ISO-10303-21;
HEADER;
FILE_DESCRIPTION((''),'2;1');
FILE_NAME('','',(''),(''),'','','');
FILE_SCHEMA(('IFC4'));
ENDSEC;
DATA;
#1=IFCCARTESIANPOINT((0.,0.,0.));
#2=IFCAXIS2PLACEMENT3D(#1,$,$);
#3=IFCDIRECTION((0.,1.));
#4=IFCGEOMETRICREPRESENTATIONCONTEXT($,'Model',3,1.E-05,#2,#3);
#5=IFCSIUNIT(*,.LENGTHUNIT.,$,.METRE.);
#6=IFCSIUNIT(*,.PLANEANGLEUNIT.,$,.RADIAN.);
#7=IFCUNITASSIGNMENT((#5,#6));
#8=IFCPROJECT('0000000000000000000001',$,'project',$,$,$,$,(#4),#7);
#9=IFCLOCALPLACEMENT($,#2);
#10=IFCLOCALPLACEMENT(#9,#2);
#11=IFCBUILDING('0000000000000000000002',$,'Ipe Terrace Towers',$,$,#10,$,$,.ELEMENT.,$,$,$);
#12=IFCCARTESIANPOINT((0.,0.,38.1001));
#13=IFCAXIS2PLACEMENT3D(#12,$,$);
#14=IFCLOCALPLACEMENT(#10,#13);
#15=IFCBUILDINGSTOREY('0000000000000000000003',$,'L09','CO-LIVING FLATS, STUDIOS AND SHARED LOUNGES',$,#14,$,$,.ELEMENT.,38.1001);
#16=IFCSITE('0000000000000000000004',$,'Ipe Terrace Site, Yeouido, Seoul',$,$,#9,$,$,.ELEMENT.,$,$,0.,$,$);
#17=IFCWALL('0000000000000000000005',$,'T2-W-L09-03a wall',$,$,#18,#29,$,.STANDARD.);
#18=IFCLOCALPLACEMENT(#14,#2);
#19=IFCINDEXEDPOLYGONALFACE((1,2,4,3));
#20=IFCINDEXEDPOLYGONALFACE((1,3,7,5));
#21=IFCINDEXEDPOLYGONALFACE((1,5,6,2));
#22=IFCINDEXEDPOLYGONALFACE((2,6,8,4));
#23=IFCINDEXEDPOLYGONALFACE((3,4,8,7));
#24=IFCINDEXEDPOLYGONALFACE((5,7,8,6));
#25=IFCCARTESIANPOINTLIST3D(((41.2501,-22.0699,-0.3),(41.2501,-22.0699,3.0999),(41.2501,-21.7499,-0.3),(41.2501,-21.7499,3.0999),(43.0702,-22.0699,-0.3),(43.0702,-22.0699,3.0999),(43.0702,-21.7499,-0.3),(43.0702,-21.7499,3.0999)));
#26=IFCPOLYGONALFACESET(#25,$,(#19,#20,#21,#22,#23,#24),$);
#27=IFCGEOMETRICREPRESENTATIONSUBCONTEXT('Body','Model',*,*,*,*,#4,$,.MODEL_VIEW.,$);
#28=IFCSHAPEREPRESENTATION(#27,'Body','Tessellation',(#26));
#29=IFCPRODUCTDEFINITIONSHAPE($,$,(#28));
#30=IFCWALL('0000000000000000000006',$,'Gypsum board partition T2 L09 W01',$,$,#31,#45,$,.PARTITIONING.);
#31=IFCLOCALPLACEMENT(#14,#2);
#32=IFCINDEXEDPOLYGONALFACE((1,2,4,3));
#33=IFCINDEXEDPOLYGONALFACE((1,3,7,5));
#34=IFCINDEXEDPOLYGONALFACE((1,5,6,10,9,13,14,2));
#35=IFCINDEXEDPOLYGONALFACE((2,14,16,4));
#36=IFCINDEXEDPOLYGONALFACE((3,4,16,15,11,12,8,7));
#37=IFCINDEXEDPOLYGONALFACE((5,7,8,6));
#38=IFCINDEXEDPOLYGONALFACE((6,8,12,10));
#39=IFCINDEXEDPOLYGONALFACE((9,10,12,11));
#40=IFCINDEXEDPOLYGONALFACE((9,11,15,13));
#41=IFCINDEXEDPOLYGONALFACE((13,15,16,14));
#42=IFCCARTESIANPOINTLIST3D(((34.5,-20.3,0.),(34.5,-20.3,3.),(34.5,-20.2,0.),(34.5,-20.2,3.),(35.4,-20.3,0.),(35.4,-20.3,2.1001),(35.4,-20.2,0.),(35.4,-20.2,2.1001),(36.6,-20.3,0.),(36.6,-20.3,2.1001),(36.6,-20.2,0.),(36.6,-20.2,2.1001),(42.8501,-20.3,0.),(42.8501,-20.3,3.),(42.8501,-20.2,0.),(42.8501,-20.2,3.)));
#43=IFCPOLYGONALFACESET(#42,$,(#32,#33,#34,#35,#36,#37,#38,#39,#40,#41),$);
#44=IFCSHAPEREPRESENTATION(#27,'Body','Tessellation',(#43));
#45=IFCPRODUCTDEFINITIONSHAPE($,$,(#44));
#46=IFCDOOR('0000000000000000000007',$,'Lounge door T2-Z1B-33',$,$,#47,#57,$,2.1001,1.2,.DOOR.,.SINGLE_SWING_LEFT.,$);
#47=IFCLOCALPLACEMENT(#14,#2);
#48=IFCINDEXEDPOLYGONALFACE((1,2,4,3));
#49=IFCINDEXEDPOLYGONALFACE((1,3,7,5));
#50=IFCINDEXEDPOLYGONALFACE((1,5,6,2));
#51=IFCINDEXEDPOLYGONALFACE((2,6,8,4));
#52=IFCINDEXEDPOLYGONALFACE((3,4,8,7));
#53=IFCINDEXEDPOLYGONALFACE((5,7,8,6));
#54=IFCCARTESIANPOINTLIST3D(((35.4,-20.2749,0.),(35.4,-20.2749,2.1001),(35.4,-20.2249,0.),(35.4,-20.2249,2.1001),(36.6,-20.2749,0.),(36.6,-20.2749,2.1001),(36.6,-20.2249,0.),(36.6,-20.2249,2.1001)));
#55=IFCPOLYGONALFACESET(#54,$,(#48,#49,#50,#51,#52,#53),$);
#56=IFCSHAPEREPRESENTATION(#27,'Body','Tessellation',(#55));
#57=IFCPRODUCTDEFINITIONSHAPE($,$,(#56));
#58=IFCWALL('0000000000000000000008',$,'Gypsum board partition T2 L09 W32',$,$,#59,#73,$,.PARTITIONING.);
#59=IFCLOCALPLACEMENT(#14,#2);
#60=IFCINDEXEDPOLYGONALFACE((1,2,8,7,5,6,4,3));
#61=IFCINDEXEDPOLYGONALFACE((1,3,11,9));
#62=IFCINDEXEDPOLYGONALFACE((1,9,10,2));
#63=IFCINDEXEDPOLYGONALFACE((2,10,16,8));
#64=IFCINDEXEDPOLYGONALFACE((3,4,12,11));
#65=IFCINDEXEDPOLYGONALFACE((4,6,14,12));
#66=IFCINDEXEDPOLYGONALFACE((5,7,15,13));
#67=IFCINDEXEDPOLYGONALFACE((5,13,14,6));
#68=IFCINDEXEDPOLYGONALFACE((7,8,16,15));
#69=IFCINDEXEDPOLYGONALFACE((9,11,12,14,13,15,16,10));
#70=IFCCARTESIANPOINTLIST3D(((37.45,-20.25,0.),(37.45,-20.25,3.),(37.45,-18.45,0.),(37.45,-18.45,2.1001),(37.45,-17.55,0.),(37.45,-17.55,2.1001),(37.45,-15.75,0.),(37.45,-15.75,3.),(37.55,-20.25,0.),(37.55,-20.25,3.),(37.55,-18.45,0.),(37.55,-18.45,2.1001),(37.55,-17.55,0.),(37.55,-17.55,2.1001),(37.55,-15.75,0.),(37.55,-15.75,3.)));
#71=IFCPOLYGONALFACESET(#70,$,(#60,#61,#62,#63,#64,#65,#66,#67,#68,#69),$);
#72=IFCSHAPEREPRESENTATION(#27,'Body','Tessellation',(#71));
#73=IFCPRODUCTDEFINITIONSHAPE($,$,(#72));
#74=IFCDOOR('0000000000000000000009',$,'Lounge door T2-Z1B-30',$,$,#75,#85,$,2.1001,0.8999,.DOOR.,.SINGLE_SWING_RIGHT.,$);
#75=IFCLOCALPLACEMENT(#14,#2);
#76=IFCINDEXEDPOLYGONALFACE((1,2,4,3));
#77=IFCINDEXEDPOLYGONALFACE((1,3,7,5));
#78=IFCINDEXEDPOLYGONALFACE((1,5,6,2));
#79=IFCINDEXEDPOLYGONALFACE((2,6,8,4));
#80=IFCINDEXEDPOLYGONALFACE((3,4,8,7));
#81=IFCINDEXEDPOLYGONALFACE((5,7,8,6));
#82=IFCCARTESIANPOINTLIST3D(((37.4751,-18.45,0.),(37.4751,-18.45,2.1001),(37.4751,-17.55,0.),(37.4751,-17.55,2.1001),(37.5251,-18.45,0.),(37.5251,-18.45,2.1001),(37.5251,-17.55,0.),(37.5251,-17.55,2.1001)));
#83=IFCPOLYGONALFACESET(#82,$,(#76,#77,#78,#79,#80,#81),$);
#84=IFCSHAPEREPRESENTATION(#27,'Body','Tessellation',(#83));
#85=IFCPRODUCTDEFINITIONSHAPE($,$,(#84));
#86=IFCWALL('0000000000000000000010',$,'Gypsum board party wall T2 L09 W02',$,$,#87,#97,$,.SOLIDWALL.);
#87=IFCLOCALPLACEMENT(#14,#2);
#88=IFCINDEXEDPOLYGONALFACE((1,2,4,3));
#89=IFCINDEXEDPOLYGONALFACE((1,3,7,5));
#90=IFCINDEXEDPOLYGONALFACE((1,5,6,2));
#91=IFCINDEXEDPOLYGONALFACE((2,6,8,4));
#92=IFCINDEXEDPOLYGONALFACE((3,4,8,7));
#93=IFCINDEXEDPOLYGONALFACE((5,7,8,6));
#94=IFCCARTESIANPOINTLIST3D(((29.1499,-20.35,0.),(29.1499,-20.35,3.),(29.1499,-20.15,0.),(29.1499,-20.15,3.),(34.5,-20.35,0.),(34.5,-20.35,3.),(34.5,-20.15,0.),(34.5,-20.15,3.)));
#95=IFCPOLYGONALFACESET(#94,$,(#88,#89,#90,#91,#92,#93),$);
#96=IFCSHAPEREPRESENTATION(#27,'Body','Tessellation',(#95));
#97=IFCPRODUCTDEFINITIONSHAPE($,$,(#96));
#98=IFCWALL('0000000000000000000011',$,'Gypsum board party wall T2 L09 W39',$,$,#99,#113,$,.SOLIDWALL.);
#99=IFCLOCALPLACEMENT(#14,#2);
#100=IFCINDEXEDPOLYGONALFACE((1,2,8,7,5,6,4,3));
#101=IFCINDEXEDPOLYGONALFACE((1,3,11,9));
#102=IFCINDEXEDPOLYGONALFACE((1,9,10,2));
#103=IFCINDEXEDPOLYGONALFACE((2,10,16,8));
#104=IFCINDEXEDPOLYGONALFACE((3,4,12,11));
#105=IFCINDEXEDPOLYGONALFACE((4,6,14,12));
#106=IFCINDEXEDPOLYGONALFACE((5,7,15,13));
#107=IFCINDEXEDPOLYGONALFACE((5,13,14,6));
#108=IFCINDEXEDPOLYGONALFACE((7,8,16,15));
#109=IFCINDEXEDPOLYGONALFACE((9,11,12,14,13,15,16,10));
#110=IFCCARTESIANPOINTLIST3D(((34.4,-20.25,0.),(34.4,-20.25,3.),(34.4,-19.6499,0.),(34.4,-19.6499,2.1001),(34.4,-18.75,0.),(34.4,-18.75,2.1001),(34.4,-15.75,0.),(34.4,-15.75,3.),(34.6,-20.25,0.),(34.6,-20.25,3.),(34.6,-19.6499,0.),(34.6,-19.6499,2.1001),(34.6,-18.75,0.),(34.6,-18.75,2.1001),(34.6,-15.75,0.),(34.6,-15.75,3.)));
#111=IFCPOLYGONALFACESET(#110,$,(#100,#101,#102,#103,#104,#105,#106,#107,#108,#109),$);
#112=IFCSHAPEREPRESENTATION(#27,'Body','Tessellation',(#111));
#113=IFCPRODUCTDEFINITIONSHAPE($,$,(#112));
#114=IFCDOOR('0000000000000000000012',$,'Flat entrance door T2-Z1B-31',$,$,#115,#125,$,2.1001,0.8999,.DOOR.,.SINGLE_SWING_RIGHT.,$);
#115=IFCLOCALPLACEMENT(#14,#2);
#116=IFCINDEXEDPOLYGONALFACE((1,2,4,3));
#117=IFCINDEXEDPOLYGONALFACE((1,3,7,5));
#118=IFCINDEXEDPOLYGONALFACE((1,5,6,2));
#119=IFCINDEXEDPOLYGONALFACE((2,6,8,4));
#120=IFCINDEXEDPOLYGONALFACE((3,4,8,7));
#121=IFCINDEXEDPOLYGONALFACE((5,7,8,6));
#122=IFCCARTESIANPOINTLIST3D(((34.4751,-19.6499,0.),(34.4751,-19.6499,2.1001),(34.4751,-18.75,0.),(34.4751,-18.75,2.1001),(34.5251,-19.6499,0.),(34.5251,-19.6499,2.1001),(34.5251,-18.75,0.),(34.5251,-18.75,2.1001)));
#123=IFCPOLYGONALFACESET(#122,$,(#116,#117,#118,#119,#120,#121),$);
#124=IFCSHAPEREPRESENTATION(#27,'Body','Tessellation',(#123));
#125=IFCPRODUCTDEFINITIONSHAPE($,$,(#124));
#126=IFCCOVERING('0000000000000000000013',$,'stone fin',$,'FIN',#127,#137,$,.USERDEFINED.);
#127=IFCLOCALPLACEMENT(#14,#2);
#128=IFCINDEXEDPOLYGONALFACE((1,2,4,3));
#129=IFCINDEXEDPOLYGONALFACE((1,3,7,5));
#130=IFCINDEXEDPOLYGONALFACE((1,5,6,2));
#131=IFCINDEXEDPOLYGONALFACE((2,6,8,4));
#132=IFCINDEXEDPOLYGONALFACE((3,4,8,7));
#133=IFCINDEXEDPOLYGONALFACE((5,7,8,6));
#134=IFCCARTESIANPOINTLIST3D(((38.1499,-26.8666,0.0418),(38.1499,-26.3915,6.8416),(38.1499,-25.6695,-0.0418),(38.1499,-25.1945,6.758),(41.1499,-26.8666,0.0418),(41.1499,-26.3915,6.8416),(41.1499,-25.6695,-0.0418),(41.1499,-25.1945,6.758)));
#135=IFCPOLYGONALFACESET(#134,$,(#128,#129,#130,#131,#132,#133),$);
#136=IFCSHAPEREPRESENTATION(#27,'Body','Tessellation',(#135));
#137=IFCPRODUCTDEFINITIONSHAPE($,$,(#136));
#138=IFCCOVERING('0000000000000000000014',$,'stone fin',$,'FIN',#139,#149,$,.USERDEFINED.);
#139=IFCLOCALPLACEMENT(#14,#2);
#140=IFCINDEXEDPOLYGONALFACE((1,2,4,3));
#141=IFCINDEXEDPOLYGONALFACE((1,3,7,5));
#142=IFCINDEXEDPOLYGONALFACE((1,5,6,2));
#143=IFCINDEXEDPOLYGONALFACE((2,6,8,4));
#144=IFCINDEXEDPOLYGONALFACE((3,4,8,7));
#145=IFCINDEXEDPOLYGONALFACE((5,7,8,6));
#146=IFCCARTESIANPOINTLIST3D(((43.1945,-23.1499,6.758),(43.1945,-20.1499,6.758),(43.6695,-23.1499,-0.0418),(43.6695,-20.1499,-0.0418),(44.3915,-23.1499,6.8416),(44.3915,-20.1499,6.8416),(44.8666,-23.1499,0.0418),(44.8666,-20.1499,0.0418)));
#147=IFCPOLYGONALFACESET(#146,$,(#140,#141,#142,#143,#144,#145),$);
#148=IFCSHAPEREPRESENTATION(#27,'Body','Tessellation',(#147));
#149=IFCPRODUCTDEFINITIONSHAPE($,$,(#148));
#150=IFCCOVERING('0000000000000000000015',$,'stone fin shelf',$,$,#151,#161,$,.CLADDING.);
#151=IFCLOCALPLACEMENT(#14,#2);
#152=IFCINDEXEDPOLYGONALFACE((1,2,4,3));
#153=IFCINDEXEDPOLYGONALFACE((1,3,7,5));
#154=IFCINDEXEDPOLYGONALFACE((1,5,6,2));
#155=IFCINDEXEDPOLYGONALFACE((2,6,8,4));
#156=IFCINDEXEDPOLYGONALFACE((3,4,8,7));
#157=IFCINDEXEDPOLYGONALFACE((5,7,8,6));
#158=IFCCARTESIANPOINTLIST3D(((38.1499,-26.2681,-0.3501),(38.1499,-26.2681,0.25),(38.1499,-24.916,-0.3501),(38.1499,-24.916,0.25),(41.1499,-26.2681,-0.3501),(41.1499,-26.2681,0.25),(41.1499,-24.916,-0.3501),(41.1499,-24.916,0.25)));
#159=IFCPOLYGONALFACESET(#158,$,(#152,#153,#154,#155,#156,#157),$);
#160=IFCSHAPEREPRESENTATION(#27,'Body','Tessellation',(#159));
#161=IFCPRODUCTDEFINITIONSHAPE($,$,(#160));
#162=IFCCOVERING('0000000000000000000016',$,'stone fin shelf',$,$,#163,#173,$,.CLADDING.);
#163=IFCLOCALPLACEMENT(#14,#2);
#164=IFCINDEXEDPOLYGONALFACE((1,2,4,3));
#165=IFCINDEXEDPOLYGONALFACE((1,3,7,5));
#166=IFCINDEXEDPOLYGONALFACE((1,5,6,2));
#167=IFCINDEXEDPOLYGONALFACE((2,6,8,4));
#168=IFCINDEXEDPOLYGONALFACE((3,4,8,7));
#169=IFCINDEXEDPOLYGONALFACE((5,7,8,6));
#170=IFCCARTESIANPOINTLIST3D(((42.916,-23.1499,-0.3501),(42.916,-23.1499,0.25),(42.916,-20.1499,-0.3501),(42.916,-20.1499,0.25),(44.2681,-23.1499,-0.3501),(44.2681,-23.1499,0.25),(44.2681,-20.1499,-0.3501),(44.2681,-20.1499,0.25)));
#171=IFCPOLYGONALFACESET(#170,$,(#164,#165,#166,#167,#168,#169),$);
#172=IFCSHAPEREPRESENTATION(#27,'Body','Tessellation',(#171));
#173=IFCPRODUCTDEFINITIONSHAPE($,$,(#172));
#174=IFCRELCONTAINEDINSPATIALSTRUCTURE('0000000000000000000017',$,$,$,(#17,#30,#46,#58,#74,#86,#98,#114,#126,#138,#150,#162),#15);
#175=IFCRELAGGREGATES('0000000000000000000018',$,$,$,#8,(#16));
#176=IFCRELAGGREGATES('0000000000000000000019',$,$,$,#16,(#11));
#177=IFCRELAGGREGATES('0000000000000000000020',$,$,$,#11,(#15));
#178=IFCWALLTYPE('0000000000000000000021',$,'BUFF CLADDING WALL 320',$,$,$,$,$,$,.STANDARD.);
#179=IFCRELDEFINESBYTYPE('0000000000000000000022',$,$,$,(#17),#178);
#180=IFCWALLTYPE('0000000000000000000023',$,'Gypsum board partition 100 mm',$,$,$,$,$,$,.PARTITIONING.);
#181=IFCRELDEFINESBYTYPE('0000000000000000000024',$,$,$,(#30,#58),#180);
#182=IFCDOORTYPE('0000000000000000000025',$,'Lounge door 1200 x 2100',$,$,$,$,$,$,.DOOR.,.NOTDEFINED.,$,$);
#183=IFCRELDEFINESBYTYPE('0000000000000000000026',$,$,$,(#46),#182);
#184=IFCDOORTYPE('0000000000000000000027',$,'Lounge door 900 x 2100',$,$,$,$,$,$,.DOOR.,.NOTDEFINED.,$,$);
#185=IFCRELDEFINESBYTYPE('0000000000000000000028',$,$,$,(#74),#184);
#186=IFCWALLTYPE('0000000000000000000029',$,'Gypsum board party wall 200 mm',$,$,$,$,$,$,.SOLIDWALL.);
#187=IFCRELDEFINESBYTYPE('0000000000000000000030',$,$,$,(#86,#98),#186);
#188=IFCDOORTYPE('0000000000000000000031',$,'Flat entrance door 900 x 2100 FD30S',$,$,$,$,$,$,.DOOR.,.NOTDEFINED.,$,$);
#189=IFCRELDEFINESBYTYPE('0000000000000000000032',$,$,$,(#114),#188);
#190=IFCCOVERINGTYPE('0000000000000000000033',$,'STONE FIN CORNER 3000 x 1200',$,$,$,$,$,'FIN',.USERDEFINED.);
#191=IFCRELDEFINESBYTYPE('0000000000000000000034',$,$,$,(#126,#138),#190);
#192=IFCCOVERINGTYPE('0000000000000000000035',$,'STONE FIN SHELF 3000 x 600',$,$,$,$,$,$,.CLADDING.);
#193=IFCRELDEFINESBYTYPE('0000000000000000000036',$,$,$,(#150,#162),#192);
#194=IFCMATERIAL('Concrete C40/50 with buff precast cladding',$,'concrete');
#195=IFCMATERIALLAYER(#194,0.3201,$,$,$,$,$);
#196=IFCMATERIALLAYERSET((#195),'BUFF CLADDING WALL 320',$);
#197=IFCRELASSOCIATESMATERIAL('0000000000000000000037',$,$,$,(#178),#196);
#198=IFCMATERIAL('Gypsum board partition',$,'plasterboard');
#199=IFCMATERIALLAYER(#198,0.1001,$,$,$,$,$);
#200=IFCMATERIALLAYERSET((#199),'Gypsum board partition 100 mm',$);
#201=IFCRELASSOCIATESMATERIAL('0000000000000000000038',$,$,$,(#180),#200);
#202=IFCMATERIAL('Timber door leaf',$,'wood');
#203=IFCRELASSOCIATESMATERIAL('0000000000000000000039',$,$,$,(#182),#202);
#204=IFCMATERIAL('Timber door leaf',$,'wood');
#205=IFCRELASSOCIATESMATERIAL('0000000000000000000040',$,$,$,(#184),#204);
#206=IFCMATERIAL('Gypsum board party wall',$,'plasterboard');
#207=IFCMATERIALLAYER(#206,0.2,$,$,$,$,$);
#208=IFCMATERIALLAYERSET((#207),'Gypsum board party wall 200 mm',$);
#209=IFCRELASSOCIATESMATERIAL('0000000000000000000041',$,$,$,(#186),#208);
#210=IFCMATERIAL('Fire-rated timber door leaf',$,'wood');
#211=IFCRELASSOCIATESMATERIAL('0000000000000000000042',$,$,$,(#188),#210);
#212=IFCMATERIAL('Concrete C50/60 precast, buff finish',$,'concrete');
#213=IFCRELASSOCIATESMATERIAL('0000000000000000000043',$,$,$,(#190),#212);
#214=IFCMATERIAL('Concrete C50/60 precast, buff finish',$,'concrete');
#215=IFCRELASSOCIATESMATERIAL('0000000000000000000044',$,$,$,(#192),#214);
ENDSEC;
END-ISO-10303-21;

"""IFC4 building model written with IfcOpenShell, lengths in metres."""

from ifc_helpers import new_model, si_unit, direction, frame, frame_2d, origin, origin_2d, place, context, subcontext, project, spatial, rectangle, extrude, material, layer, layer_set, material_profile, profile_set, type_object, element, fill, save


model = new_model("IFC4")

# Units and contexts
model_context = context("Model", 3, precision=1e-05, world=origin(), true_north=direction((0.0, 1.0)))
body_context = subcontext(model_context, "Body", "Model", "MODEL_VIEW")
ifc_project = project(units=[si_unit("LENGTHUNIT", "METRE"), si_unit("PLANEANGLEUNIT", "RADIAN")], contexts=[model_context])

# Site, building, storey
site_placement = place(None, origin())
site = spatial("IfcSite", under=ifc_project, at=site_placement, Name="Ipe Terrace Site, Yeouido, Seoul", CompositionType="ELEMENT", RefElevation=0.0)
building_placement = place(site_placement, origin())
building = spatial("IfcBuilding", under=site, at=building_placement, Name="Ipe Terrace Towers", CompositionType="ELEMENT")
storey_placement = place(building_placement, frame((0.0, 0.0, 38.1001)))
storey = spatial("IfcBuildingStorey", under=building, at=storey_placement, Name="L09", Description="CO-LIVING FLATS, STUDIOS AND SHARED LOUNGES", CompositionType="ELEMENT", Elevation=38.1001)

# Wall
ifc_material_1 = material(Name="Concrete C40/50 with buff precast cladding", Category="concrete")
ifc_layer_1 = layer(ifc_material_1, 0.3201)
ifc_layer_set_1 = layer_set([ifc_layer_1], Name="BUFF CLADDING WALL 320")
wall_type_1 = type_object("IfcWallType", Name="BUFF CLADDING WALL 320", PredefinedType="STANDARD", material=ifc_layer_set_1)
wall_1_placement = place(storey_placement, frame((41.25, -21.9099, -0.3), z_axis=(0.0, 0.0, 1.0), x_axis=(1.0, 0.0, 0.0)))
element("IfcWall", 1, at=wall_1_placement, inside=storey, type_object=wall_type_1, Name="T2-W-L09-03a wall", PredefinedType="STANDARD", context=body_context, shape_type="SweptSolid", body=[
    extrude(rectangle(XDim=1.8201, YDim=0.3201, at=frame_2d((0.9102, 0.0))), origin(), (0.0, 0.0, 1.0), 3.3999),
])

# Walls, openings, doors
ifc_material_2 = material(Name="Gypsum board partition", Category="plasterboard")
ifc_layer_2 = layer(ifc_material_2, 0.1001)
ifc_layer_set_2 = layer_set([ifc_layer_2], Name="Gypsum board partition 100 mm")
wall_type_2 = type_object("IfcWallType", Name="Gypsum board partition 100 mm", PredefinedType="PARTITIONING", material=ifc_layer_set_2)
wall_2_placement = place(storey_placement, frame((42.8501, -20.25, 0.0), z_axis=(0.0, 0.0, 1.0), x_axis=(-1.0, 0.0, 0.0)))
wall_2 = element("IfcWall", 2, at=wall_2_placement, inside=storey, type_object=wall_type_2, Name="Gypsum board partition T2 L09 W01", PredefinedType="PARTITIONING", context=body_context, shape_type="SweptSolid", body=[
    extrude(rectangle(XDim=8.3501, YDim=0.1001, at=frame_2d((4.175, 0.0))), origin(), (0.0, 0.0, 1.0), 3.0),
])
opening_1_placement = place(wall_2_placement, frame((6.25, 0.0, 0.0)))
opening_1 = element("IfcOpeningElement", 3, at=opening_1_placement, cuts=wall_2, PredefinedType="OPENING", context=body_context, shape_type="SweptSolid", body=[
    extrude(rectangle(XDim=1.2, YDim=2.1001, at=frame_2d((0.6001, 1.05))), frame((0.0, 0.0601, 0.0), z_axis=(0.0, -1.0, 0.0), x_axis=(1.0, 0.0, 0.0)), (0.0, 0.0, 1.0), 0.1201),
])
ifc_material_3 = material(Name="Timber door leaf", Category="wood")
door_type_1 = type_object("IfcDoorType", Name="Lounge door 1200 x 2100", OperationType="NOTDEFINED", PredefinedType="DOOR", material=ifc_material_3)
door_1_placement = place(opening_1_placement, origin())
door_1 = element("IfcDoor", 4, at=door_1_placement, inside=storey, type_object=door_type_1, Name="Lounge door T2-Z1B-33", OperationType="SINGLE_SWING_LEFT", OverallHeight=2.1001, OverallWidth=1.2, PredefinedType="DOOR", context=body_context, shape_type="SweptSolid", body=[
    extrude(rectangle(XDim=1.2, YDim=2.1001, at=frame_2d((0.6001, 1.05))), frame((0.0, 0.0249, 0.0), z_axis=(0.0, -1.0, 0.0), x_axis=(1.0, 0.0, 0.0)), (0.0, 0.0, 1.0), 0.05),
])
fill(opening_1, door_1)
wall_3_placement = place(storey_placement, frame((37.5, -20.25, 0.0), z_axis=(0.0, 0.0, 1.0), x_axis=(0.0, 1.0, 0.0)))
wall_3 = element("IfcWall", 5, at=wall_3_placement, inside=storey, type_object=wall_type_2, Name="Gypsum board partition T2 L09 W32", PredefinedType="PARTITIONING", context=body_context, shape_type="SweptSolid", body=[
    extrude(rectangle(XDim=4.5, YDim=0.1001, at=frame_2d((2.25, 0.0))), origin(), (0.0, 0.0, 1.0), 3.0),
])
opening_2_placement = place(wall_3_placement, frame((1.8, 0.0, 0.0)))
opening_2 = element("IfcOpeningElement", 6, at=opening_2_placement, cuts=wall_3, PredefinedType="OPENING", context=body_context, shape_type="SweptSolid", body=[
    extrude(rectangle(XDim=0.8999, YDim=2.1001, at=frame_2d((0.45, 1.05))), frame((0.0, 0.0601, 0.0), z_axis=(0.0, -1.0, 0.0), x_axis=(1.0, 0.0, 0.0)), (0.0, 0.0, 1.0), 0.1201),
])
ifc_material_4 = material(Name="Timber door leaf", Category="wood")
door_type_2 = type_object("IfcDoorType", Name="Lounge door 900 x 2100", OperationType="NOTDEFINED", PredefinedType="DOOR", material=ifc_material_4)
door_2_placement = place(opening_2_placement, origin())
door_2 = element("IfcDoor", 7, at=door_2_placement, inside=storey, type_object=door_type_2, Name="Lounge door T2-Z1B-30", OperationType="SINGLE_SWING_RIGHT", OverallHeight=2.1001, OverallWidth=0.8999, PredefinedType="DOOR", context=body_context, shape_type="SweptSolid", body=[
    extrude(rectangle(XDim=0.8999, YDim=2.1001, at=frame_2d((0.45, 1.05))), frame((0.0, 0.0249, 0.0), z_axis=(0.0, -1.0, 0.0), x_axis=(1.0, 0.0, 0.0)), (0.0, 0.0, 1.0), 0.05),
])
fill(opening_2, door_2)

# Wall
ifc_material_5 = material(Name="Gypsum board party wall", Category="plasterboard")
ifc_layer_3 = layer(ifc_material_5, 0.2)
ifc_layer_set_3 = layer_set([ifc_layer_3], Name="Gypsum board party wall 200 mm")
wall_type_3 = type_object("IfcWallType", Name="Gypsum board party wall 200 mm", PredefinedType="SOLIDWALL", material=ifc_layer_set_3)
wall_4_placement = place(storey_placement, frame((34.5, -20.25, 0.0), z_axis=(0.0, 0.0, 1.0), x_axis=(-1.0, 0.0, 0.0)))
element("IfcWall", 8, at=wall_4_placement, inside=storey, type_object=wall_type_3, Name="Gypsum board party wall T2 L09 W02", PredefinedType="SOLIDWALL", context=body_context, shape_type="SweptSolid", body=[
    extrude(rectangle(XDim=5.3501, YDim=0.2, at=frame_2d((2.675, 0.0))), origin(), (0.0, 0.0, 1.0), 3.0),
])

# Wall, opening, door
wall_5_placement = place(storey_placement, frame((34.5, -20.25, 0.0), z_axis=(0.0, 0.0, 1.0), x_axis=(0.0, 1.0, 0.0)))
wall_5 = element("IfcWall", 9, at=wall_5_placement, inside=storey, type_object=wall_type_3, Name="Gypsum board party wall T2 L09 W39", PredefinedType="SOLIDWALL", context=body_context, shape_type="SweptSolid", body=[
    extrude(rectangle(XDim=4.5, YDim=0.2, at=frame_2d((2.25, 0.0))), origin(), (0.0, 0.0, 1.0), 3.0),
])
opening_3_placement = place(wall_5_placement, frame((0.6001, 0.0, 0.0)))
opening_3 = element("IfcOpeningElement", 10, at=opening_3_placement, cuts=wall_5, PredefinedType="OPENING", context=body_context, shape_type="SweptSolid", body=[
    extrude(rectangle(XDim=0.8999, YDim=2.1001, at=frame_2d((0.45, 1.05))), frame((0.0, 0.1099, 0.0), z_axis=(0.0, -1.0, 0.0), x_axis=(1.0, 0.0, 0.0)), (0.0, 0.0, 1.0), 0.22),
])
ifc_material_6 = material(Name="Fire-rated timber door leaf", Category="wood")
door_type_3 = type_object("IfcDoorType", Name="Flat entrance door 900 x 2100 FD30S", OperationType="NOTDEFINED", PredefinedType="DOOR", material=ifc_material_6)
door_3_placement = place(opening_3_placement, origin())
door_3 = element("IfcDoor", 11, at=door_3_placement, inside=storey, type_object=door_type_3, Name="Flat entrance door T2-Z1B-31", OperationType="SINGLE_SWING_RIGHT", OverallHeight=2.1001, OverallWidth=0.8999, PredefinedType="DOOR", context=body_context, shape_type="SweptSolid", body=[
    extrude(rectangle(XDim=0.8999, YDim=2.1001, at=frame_2d((0.45, 1.05))), frame((0.0, 0.0249, 0.0), z_axis=(0.0, -1.0, 0.0), x_axis=(1.0, 0.0, 0.0)), (0.0, 0.0, 1.0), 0.05),
])
fill(opening_3, door_3)

# Coverings
ifc_material_7 = material(Name="Concrete C50/60 precast, buff finish", Category="concrete")
ifc_material_profile_1 = material_profile(ifc_material_7, rectangle(XDim=3.0, YDim=1.2, at=origin_2d()), Name="STONE FIN CORNER 3000 x 1200")
ifc_profile_set_1 = profile_set([ifc_material_profile_1], Name="Concrete C50/60 precast, buff finish")
covering_type_1 = type_object("IfcCoveringType", Name="STONE FIN CORNER 3000 x 1200", ElementType="FIN", PredefinedType="USERDEFINED", material=ifc_profile_set_1)
for number, where, z_axis, x_axis, name in (
    (12, (39.6499, -26.2681, 0.0), (0.0, 0.069699, 0.997568), (1.0, 0.0, 0.0), "stone fin"),
    (13, (44.2681, -21.6499, 0.0), (-0.069699, 0.0, 0.997568), (0.0, 1.0, 0.0), "stone fin"),
):
    element("IfcCovering", number, at=place(storey_placement, frame(where, z_axis=z_axis, x_axis=x_axis)), inside=storey, type_object=covering_type_1, Name=name, ObjectType="FIN", PredefinedType="USERDEFINED", context=body_context, shape_type="SweptSolid", body=[
        extrude(rectangle(XDim=3.0, YDim=1.2, at=origin_2d()), origin(), (0.0, 0.0, 1.0), 6.8164),
    ])
ifc_material_8 = material(Name="Concrete C50/60 precast, buff finish", Category="concrete")
covering_type_2 = type_object("IfcCoveringType", Name="STONE FIN SHELF 3000 x 600", PredefinedType="CLADDING", material=ifc_material_8)
for number, where, z_axis, x_axis, name in (
    (14, (39.6499, -25.592, -0.3501), (0.0, 0.0, 1.0), (1.0, 0.0, 0.0), "stone fin shelf"),
    (15, (43.592, -21.6499, -0.3501), (0.0, 0.0, 1.0), (0.0, 1.0, 0.0), "stone fin shelf"),
):
    element("IfcCovering", number, at=place(storey_placement, frame(where, z_axis=z_axis, x_axis=x_axis)), inside=storey, type_object=covering_type_2, Name=name, PredefinedType="CLADDING", context=body_context, shape_type="SweptSolid", body=[
        extrude(rectangle(XDim=3.0, YDim=1.3521, at=origin_2d()), origin(), (0.0, 0.0, 1.0), 0.6001),
    ])

save(model, "model.ifc")
